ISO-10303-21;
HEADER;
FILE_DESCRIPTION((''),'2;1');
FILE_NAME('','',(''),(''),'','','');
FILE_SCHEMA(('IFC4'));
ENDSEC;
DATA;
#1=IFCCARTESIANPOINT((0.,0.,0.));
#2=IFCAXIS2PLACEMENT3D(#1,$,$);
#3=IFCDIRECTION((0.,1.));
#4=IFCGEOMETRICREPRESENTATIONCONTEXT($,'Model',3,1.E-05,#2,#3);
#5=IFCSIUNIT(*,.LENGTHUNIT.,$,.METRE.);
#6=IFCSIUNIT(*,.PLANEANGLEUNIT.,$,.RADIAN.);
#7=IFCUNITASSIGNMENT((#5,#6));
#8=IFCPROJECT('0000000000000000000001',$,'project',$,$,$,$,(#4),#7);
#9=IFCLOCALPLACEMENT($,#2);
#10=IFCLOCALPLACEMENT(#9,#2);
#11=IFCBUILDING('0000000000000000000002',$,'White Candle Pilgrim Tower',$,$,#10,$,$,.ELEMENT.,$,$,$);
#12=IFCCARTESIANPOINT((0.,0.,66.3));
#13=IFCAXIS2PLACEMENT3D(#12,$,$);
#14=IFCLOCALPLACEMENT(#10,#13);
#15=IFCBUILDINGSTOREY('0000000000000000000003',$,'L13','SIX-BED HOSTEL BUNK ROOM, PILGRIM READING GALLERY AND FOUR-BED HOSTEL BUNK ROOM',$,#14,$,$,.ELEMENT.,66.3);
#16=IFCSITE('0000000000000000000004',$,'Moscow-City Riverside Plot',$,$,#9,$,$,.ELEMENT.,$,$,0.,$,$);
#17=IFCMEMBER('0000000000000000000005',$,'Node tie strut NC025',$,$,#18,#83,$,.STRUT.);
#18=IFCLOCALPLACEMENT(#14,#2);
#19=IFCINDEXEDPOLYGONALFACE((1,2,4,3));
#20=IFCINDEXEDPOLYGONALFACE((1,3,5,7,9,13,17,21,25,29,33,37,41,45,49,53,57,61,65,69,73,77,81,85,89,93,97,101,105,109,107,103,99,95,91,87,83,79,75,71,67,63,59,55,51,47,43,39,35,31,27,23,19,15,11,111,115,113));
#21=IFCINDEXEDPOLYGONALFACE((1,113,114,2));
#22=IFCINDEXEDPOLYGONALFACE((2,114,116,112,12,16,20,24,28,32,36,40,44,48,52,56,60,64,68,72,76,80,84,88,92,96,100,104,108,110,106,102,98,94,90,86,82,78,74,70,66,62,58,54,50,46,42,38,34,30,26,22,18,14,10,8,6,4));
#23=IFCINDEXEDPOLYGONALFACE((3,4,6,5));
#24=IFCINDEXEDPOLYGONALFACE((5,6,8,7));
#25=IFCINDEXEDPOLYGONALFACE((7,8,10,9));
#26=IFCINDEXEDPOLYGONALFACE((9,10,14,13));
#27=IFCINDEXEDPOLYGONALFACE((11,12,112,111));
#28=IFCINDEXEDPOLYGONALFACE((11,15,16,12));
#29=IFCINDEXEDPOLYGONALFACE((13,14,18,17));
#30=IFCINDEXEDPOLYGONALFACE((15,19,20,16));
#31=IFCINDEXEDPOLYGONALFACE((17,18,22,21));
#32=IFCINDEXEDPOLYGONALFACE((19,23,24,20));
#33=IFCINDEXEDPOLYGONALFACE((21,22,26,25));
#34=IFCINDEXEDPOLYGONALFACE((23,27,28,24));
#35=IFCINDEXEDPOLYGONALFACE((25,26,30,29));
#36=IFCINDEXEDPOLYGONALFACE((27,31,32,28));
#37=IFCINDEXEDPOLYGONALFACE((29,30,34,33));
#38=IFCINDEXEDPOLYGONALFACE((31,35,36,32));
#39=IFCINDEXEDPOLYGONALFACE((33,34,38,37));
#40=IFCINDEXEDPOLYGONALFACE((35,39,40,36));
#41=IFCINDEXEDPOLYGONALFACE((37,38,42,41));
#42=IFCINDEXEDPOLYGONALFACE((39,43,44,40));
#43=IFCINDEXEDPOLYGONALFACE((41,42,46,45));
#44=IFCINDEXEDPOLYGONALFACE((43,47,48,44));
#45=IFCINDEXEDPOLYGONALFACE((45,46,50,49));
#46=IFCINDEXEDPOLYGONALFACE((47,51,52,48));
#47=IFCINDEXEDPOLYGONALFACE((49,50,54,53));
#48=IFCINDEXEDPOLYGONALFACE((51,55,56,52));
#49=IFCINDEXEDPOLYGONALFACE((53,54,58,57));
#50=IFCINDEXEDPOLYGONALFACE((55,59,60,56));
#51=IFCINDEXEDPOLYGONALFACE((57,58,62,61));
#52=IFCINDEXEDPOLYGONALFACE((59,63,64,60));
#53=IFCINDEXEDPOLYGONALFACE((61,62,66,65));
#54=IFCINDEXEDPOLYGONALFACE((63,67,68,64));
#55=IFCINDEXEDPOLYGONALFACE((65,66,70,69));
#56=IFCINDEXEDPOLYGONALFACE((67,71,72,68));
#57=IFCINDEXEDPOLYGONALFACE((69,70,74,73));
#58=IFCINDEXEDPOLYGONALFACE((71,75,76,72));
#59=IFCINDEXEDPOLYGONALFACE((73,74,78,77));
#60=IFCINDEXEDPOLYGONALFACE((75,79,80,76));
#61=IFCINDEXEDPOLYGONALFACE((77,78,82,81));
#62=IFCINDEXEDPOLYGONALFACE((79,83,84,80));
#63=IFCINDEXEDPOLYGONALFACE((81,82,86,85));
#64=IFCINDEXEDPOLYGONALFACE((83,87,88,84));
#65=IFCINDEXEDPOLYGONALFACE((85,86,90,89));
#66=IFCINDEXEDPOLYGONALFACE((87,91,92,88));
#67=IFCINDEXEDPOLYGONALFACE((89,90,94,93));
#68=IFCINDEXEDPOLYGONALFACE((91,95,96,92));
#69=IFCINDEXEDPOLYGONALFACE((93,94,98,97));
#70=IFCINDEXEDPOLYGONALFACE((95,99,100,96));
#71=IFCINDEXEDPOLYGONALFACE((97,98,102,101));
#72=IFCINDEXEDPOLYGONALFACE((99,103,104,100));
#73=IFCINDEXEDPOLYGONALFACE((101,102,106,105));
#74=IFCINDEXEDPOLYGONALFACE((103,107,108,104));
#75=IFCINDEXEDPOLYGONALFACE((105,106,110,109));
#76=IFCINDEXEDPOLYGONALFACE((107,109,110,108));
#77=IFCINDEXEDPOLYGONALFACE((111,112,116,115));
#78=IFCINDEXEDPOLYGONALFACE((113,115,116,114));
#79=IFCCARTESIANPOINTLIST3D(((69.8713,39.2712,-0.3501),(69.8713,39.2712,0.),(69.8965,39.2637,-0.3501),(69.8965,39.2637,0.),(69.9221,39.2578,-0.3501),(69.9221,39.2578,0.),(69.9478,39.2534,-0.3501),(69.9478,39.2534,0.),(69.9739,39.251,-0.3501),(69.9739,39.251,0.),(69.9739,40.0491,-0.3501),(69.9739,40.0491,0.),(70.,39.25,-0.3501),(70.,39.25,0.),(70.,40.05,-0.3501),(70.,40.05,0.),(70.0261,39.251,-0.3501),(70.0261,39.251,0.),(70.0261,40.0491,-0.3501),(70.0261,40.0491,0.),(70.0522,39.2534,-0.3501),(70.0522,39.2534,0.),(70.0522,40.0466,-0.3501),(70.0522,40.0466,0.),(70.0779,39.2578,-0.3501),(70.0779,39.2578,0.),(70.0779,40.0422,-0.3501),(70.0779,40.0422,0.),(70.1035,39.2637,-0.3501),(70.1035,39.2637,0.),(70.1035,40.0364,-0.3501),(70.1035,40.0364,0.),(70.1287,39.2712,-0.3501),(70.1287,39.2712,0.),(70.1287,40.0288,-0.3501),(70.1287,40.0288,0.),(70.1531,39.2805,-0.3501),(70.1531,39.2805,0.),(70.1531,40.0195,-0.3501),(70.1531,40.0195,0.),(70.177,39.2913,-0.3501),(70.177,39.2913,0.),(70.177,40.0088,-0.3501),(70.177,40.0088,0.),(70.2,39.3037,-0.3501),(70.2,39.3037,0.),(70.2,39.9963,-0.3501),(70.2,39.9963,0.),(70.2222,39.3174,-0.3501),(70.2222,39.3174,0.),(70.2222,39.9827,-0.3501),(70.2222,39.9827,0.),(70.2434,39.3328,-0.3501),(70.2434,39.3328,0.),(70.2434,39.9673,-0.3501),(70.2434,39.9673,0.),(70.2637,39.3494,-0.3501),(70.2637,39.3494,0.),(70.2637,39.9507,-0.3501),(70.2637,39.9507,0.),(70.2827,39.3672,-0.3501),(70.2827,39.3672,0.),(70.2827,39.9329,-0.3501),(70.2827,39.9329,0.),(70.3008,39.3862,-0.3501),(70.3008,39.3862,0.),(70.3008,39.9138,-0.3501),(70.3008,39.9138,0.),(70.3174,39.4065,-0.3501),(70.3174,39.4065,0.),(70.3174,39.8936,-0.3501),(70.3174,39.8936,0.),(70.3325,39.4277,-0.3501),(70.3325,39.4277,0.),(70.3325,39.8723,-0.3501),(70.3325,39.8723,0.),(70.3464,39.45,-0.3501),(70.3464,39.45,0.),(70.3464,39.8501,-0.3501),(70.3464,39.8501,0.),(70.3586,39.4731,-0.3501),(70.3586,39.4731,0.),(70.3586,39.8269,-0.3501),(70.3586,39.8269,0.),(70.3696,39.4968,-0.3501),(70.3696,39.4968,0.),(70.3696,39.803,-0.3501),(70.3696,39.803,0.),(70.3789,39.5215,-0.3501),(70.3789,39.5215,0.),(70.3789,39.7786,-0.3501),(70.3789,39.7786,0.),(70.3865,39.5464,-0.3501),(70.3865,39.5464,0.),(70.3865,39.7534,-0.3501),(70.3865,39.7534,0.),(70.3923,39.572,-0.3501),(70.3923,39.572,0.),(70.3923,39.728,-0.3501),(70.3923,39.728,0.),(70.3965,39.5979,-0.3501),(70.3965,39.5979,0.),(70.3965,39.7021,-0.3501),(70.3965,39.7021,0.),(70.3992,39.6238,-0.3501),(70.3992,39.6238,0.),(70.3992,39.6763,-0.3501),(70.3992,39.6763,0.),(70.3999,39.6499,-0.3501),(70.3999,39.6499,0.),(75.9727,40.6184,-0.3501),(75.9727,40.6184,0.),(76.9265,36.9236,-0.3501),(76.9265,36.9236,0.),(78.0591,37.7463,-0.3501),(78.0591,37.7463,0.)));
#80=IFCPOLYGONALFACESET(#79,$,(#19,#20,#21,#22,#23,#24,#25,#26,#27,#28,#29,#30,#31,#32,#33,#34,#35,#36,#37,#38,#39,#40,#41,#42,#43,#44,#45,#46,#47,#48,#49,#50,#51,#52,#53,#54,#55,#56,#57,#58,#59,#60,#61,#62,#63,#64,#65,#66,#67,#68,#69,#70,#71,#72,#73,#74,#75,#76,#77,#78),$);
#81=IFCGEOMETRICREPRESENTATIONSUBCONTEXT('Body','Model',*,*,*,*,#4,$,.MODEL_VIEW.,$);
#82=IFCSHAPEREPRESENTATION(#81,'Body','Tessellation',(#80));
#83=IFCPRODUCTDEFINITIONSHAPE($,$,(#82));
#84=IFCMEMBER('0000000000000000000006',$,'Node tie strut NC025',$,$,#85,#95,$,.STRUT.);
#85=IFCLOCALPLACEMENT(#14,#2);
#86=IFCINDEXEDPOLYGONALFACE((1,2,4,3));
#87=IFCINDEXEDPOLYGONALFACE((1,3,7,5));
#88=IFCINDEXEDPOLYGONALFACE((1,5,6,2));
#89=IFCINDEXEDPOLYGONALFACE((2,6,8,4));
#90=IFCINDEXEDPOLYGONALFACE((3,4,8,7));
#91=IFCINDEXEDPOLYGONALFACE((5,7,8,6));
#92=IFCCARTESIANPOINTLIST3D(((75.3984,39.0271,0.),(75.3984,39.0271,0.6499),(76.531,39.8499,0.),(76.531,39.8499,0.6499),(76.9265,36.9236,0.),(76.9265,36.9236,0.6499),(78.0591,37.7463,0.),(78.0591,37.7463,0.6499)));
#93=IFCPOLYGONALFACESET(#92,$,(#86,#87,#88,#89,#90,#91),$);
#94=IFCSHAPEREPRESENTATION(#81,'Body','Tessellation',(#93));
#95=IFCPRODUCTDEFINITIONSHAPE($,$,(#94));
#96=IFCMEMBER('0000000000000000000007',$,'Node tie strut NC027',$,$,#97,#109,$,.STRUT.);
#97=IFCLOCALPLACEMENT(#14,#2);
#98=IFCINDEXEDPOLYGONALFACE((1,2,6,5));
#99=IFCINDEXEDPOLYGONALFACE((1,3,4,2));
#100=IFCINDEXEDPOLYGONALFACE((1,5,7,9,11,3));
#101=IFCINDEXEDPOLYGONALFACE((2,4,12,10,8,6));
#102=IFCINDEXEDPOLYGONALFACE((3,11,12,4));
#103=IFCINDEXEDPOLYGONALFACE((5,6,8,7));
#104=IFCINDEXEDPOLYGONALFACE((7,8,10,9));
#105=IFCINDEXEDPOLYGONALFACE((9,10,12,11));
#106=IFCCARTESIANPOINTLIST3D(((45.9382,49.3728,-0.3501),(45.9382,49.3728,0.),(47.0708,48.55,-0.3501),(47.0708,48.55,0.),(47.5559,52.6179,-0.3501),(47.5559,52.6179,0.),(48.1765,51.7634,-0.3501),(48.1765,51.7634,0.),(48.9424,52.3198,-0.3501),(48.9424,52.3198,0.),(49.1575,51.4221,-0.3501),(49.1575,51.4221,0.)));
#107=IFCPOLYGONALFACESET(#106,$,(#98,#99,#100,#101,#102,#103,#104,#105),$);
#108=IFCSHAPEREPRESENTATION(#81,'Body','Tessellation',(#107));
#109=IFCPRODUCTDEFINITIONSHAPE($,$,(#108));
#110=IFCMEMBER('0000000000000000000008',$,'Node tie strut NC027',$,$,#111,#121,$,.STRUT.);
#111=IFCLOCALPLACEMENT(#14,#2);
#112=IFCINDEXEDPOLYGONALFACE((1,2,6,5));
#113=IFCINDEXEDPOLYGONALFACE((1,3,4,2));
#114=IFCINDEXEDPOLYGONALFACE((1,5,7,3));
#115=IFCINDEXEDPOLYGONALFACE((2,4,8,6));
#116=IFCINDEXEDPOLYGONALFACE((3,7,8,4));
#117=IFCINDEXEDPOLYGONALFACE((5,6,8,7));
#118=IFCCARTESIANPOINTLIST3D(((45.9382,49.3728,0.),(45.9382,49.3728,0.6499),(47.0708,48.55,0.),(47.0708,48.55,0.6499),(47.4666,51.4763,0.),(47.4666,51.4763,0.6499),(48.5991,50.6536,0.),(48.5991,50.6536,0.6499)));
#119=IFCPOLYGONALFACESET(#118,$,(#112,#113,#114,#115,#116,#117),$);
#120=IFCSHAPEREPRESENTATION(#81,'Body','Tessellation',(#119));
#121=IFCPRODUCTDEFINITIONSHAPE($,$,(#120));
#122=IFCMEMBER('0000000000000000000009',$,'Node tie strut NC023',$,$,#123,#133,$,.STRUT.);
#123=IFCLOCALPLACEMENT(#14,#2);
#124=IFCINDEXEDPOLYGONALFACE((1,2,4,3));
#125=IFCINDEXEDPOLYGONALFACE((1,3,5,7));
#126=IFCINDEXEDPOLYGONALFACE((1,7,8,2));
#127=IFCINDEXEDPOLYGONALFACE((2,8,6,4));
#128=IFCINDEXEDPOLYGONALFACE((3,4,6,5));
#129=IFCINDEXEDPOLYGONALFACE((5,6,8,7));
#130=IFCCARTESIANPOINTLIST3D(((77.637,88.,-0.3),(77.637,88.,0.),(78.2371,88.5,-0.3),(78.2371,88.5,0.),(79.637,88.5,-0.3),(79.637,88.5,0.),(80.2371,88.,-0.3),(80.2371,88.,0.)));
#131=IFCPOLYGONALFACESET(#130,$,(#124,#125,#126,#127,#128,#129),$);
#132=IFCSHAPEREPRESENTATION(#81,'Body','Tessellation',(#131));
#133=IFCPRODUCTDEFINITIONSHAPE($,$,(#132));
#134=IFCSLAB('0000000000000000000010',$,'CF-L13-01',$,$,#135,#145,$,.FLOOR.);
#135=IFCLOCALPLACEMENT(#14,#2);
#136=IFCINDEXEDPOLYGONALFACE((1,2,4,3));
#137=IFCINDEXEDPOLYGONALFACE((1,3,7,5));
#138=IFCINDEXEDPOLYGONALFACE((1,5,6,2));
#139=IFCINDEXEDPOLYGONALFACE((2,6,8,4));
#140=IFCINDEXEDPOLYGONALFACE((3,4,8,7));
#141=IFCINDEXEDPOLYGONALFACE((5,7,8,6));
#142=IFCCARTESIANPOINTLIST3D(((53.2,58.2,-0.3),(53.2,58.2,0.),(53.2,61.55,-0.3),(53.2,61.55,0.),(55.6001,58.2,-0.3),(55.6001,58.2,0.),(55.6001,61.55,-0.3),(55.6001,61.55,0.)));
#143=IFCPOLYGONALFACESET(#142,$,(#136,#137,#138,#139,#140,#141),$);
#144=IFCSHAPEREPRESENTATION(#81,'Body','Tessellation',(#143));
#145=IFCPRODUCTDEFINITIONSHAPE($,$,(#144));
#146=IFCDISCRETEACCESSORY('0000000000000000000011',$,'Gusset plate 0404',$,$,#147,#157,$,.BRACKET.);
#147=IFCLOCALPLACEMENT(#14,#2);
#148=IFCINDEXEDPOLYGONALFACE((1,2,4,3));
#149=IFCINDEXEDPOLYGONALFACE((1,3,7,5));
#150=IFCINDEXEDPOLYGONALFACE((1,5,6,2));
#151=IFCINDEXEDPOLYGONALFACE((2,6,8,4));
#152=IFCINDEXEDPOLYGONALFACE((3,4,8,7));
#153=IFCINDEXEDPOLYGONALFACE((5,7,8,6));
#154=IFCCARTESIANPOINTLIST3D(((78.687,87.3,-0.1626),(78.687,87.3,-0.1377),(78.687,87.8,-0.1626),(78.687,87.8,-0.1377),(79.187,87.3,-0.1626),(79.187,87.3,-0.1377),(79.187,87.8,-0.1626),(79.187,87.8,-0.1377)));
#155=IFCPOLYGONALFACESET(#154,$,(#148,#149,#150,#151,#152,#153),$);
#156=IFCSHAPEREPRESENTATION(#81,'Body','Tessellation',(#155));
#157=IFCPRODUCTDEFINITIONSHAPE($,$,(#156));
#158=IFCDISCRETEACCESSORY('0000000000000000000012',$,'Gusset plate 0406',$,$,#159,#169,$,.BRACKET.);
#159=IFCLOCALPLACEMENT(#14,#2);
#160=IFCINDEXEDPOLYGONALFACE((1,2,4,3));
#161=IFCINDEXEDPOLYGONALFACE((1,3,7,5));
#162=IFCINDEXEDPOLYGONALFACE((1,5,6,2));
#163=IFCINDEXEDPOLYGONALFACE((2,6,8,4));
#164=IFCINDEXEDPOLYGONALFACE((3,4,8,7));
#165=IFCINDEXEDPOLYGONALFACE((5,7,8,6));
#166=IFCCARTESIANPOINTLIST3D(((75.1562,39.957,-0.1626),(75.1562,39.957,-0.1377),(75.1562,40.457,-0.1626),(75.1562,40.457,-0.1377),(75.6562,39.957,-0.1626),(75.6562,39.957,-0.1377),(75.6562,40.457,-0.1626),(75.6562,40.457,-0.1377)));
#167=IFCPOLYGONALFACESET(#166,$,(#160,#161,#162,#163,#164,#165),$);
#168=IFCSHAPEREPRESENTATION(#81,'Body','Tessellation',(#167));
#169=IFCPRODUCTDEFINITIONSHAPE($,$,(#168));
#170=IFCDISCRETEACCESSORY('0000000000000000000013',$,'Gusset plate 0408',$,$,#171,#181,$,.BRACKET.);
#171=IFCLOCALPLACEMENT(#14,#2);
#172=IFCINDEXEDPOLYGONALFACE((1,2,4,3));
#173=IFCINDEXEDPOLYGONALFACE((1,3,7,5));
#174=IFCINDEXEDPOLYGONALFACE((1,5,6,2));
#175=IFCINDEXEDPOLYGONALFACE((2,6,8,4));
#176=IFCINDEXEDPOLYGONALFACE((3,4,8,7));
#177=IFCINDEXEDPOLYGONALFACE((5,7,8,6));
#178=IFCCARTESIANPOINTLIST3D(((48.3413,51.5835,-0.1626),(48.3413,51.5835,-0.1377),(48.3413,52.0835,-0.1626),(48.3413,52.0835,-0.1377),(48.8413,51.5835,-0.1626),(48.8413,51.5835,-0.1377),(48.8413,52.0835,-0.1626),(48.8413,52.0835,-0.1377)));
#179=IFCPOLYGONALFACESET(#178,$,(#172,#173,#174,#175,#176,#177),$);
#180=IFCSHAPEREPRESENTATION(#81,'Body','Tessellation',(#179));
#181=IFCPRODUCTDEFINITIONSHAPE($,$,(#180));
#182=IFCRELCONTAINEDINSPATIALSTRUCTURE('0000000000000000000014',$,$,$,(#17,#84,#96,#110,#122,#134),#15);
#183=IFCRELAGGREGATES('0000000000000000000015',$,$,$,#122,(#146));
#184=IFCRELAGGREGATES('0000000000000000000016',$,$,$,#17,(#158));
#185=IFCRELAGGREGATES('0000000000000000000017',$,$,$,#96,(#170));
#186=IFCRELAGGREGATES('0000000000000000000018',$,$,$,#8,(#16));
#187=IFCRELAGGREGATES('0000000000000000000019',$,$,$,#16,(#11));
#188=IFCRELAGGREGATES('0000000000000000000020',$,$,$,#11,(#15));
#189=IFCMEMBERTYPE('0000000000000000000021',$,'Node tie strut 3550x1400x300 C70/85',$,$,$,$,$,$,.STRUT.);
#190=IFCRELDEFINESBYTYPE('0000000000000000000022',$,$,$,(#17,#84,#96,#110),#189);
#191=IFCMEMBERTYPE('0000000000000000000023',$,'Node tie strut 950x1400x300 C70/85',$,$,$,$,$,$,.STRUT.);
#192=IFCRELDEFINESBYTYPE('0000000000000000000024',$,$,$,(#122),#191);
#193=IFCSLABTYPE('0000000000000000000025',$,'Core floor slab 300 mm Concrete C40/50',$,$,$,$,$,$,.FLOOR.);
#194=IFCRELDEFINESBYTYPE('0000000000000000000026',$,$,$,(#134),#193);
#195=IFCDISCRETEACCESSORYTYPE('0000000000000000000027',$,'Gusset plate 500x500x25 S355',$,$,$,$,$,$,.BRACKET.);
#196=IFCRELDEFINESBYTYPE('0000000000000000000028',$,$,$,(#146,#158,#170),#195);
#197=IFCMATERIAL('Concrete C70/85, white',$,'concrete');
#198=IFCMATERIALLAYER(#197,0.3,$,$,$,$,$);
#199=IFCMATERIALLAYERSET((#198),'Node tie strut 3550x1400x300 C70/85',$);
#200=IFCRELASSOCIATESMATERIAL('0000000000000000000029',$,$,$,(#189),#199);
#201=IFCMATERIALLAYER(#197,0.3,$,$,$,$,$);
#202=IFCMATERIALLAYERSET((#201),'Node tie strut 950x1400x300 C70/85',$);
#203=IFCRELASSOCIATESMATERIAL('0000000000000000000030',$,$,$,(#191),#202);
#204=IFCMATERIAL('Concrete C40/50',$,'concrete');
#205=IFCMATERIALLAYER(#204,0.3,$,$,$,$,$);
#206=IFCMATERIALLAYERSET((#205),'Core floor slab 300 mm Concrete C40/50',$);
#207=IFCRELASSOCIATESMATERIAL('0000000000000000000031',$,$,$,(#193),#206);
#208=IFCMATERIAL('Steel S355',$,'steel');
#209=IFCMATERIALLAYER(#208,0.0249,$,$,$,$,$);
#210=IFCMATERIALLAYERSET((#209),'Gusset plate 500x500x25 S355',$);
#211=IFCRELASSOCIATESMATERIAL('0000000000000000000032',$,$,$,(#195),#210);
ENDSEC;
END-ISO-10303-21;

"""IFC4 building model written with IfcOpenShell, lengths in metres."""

from ifc_helpers import new_model, si_unit, direction, frame, origin, origin_2d, place, context, subcontext, project, spatial, polyline, rectangle, outline, extrude, material, layer, layer_set, type_object, element, aggregate, save


model = new_model("IFC4")

# Units and contexts
model_context = context("Model", 3, precision=1e-05, world=origin(), true_north=direction((0.0, 1.0)))
body_context = subcontext(model_context, "Body", "Model", "MODEL_VIEW")
ifc_project = project(units=[si_unit("LENGTHUNIT", "METRE"), si_unit("PLANEANGLEUNIT", "RADIAN")], contexts=[model_context])

# Site, building, storey
site_placement = place(None, origin())
site = spatial("IfcSite", under=ifc_project, at=site_placement, Name="Moscow-City Riverside Plot", CompositionType="ELEMENT", RefElevation=0.0)
building_placement = place(site_placement, origin())
building = spatial("IfcBuilding", under=site, at=building_placement, Name="White Candle Pilgrim Tower", CompositionType="ELEMENT")
storey_placement = place(building_placement, frame((0.0, 0.0, 66.3)))
storey = spatial("IfcBuildingStorey", under=building, at=storey_placement, Name="L13", Description="SIX-BED HOSTEL BUNK ROOM, PILGRIM READING GALLERY AND FOUR-BED HOSTEL BUNK ROOM", CompositionType="ELEMENT", Elevation=66.3)

# Members
ifc_material_1 = material(Name="Concrete C70/85, white", Category="concrete")
ifc_layer_1 = layer(ifc_material_1, 0.3)
ifc_layer_set_1 = layer_set([ifc_layer_1], Name="Node tie strut 3550x1400x300 C70/85")
member_type_1 = type_object("IfcMemberType", Name="Node tie strut 3550x1400x300 C70/85", PredefinedType="STRUT", material=ifc_layer_set_1)
member_1_placement = place(storey_placement, frame((0.0, 0.0, -0.3501)))
member_1 = element("IfcMember", 1, at=member_1_placement, inside=storey, type_object=member_type_1, Name="Node tie strut NC025", PredefinedType="STRUT", context=body_context, shape_type="SweptSolid", body=[
    extrude(outline(polyline([(76.9265, 36.9236), (78.0591, 37.7463), (75.9727, 40.6184), (69.9739, 40.0491), (70.0, 40.05), (70.0261, 40.0491), (70.0522, 40.0466), (70.0779, 40.0422), (70.1035, 40.0364), (70.1287, 40.0288), (70.1531, 40.0195), (70.177, 40.0088), (70.2, 39.9963), (70.2222, 39.9827), (70.2434, 39.9673), (70.2637, 39.9507), (70.2827, 39.9329), (70.3008, 39.9138), (70.3174, 39.8936), (70.3325, 39.8723), (70.3464, 39.8501), (70.3586, 39.8269), (70.3696, 39.803), (70.3789, 39.7786), (70.3865, 39.7534), (70.3923, 39.728), (70.3965, 39.7021), (70.3992, 39.6763), (70.3999, 39.6499), (70.3992, 39.6238), (70.3965, 39.5979), (70.3923, 39.572), (70.3865, 39.5464), (70.3789, 39.5215), (70.3696, 39.4968), (70.3586, 39.4731), (70.3464, 39.45), (70.3325, 39.4277), (70.3174, 39.4065), (70.3008, 39.3862), (70.2827, 39.3672), (70.2637, 39.3494), (70.2434, 39.3328), (70.2222, 39.3174), (70.2, 39.3037), (70.177, 39.2913), (70.1531, 39.2805), (70.1287, 39.2712), (70.1035, 39.2637), (70.0779, 39.2578), (70.0522, 39.2534), (70.0261, 39.251), (70.0, 39.25), (69.9739, 39.251), (69.9478, 39.2534), (69.9221, 39.2578), (69.8965, 39.2637), (69.8713, 39.2712), (76.9265, 36.9236)])), origin(), (0.0, 0.0, 1.0), 0.3501),
])
member_2_placement = place(storey_placement, origin())
element("IfcMember", 2, at=member_2_placement, inside=storey, type_object=member_type_1, Name="Node tie strut NC025", PredefinedType="STRUT", context=body_context, shape_type="SweptSolid", body=[
    extrude(outline(polyline([(76.9265, 36.9236), (78.0591, 37.7463), (76.531, 39.8499), (75.3984, 39.0271), (76.9265, 36.9236)])), origin(), (0.0, 0.0, 1.0), 0.6499),
])
member_3_placement = place(storey_placement, frame((0.0, 0.0, -0.3501)))
member_3 = element("IfcMember", 3, at=member_3_placement, inside=storey, type_object=member_type_1, Name="Node tie strut NC027", PredefinedType="STRUT", context=body_context, shape_type="SweptSolid", body=[
    extrude(outline(polyline([(47.0708, 48.55), (49.1575, 51.4221), (48.9424, 52.3198), (48.1765, 51.7634), (47.5559, 52.6179), (45.9382, 49.3728), (47.0708, 48.55)])), origin(), (0.0, 0.0, 1.0), 0.3501),
])
member_4_placement = place(storey_placement, origin())
element("IfcMember", 4, at=member_4_placement, inside=storey, type_object=member_type_1, Name="Node tie strut NC027", PredefinedType="STRUT", context=body_context, shape_type="SweptSolid", body=[
    extrude(outline(polyline([(47.0708, 48.55), (48.5991, 50.6536), (47.4666, 51.4763), (45.9382, 49.3728), (47.0708, 48.55)])), origin(), (0.0, 0.0, 1.0), 0.6499),
])
ifc_layer_2 = layer(ifc_material_1, 0.3)
ifc_layer_set_2 = layer_set([ifc_layer_2], Name="Node tie strut 950x1400x300 C70/85")
member_type_2 = type_object("IfcMemberType", Name="Node tie strut 950x1400x300 C70/85", PredefinedType="STRUT", material=ifc_layer_set_2)
member_5_placement = place(storey_placement, frame((0.0, 0.0, -0.3)))
member_5 = element("IfcMember", 5, at=member_5_placement, inside=storey, type_object=member_type_2, Name="Node tie strut NC023", PredefinedType="STRUT", context=body_context, shape_type="SweptSolid", body=[
    extrude(outline(polyline([(77.637, 88.0), (80.2371, 88.0), (79.637, 88.5), (78.2371, 88.5), (77.637, 88.0)])), origin(), (0.0, 0.0, 1.0), 0.3),
])

# Slab
ifc_material_2 = material(Name="Concrete C40/50", Category="concrete")
ifc_layer_3 = layer(ifc_material_2, 0.3)
ifc_layer_set_3 = layer_set([ifc_layer_3], Name="Core floor slab 300 mm Concrete C40/50")
slab_type_1 = type_object("IfcSlabType", Name="Core floor slab 300 mm Concrete C40/50", PredefinedType="FLOOR", material=ifc_layer_set_3)
slab_1_placement = place(storey_placement, frame((0.0, 0.0, -0.3)))
element("IfcSlab", 6, at=slab_1_placement, inside=storey, type_object=slab_type_1, Name="CF-L13-01", PredefinedType="FLOOR", context=body_context, shape_type="SweptSolid", body=[
    extrude(outline(polyline([(55.6001, 58.2), (53.2, 58.2), (53.2, 61.55), (55.6001, 61.55), (55.6001, 58.2)])), origin(), (0.0, 0.0, 1.0), 0.3),
])

# Discrete accessories
ifc_material_3 = material(Name="Steel S355", Category="steel")
ifc_layer_4 = layer(ifc_material_3, 0.0249)
ifc_layer_set_4 = layer_set([ifc_layer_4], Name="Gusset plate 500x500x25 S355")
discrete_accessory_type = type_object("IfcDiscreteAccessoryType", Name="Gusset plate 500x500x25 S355", PredefinedType="BRACKET", material=ifc_layer_set_4)
discrete_accessory_1_placement = place(storey_placement, frame((78.937, 87.55, -0.1626), z_axis=(0.0, 0.0, 1.0), x_axis=(1.0, 0.0, 0.0)))
discrete_accessory_1 = element("IfcDiscreteAccessory", 7, at=discrete_accessory_1_placement, type_object=discrete_accessory_type, Name="Gusset plate 0404", PredefinedType="BRACKET", context=body_context, shape_type="SweptSolid", body=[
    extrude(rectangle(XDim=0.5, YDim=0.5, at=origin_2d()), origin(), (0.0, 0.0, 1.0), 0.0249),
])
aggregate(member_5, [discrete_accessory_1])
discrete_accessory_2_placement = place(storey_placement, frame((75.4062, 40.207, -0.1626), z_axis=(0.0, 0.0, 1.0), x_axis=(1.0, 0.0, 0.0)))
discrete_accessory_2 = element("IfcDiscreteAccessory", 8, at=discrete_accessory_2_placement, type_object=discrete_accessory_type, Name="Gusset plate 0406", PredefinedType="BRACKET", context=body_context, shape_type="SweptSolid", body=[
    extrude(rectangle(XDim=0.5, YDim=0.5, at=origin_2d()), origin(), (0.0, 0.0, 1.0), 0.0249),
])
aggregate(member_1, [discrete_accessory_2])
discrete_accessory_3_placement = place(storey_placement, frame((48.5913, 51.8335, -0.1626), z_axis=(0.0, 0.0, 1.0), x_axis=(1.0, 0.0, 0.0)))
discrete_accessory_3 = element("IfcDiscreteAccessory", 9, at=discrete_accessory_3_placement, type_object=discrete_accessory_type, Name="Gusset plate 0408", PredefinedType="BRACKET", context=body_context, shape_type="SweptSolid", body=[
    extrude(rectangle(XDim=0.5, YDim=0.5, at=origin_2d()), origin(), (0.0, 0.0, 1.0), 0.0249),
])
aggregate(member_3, [discrete_accessory_3])

save(model, "model.ifc")
